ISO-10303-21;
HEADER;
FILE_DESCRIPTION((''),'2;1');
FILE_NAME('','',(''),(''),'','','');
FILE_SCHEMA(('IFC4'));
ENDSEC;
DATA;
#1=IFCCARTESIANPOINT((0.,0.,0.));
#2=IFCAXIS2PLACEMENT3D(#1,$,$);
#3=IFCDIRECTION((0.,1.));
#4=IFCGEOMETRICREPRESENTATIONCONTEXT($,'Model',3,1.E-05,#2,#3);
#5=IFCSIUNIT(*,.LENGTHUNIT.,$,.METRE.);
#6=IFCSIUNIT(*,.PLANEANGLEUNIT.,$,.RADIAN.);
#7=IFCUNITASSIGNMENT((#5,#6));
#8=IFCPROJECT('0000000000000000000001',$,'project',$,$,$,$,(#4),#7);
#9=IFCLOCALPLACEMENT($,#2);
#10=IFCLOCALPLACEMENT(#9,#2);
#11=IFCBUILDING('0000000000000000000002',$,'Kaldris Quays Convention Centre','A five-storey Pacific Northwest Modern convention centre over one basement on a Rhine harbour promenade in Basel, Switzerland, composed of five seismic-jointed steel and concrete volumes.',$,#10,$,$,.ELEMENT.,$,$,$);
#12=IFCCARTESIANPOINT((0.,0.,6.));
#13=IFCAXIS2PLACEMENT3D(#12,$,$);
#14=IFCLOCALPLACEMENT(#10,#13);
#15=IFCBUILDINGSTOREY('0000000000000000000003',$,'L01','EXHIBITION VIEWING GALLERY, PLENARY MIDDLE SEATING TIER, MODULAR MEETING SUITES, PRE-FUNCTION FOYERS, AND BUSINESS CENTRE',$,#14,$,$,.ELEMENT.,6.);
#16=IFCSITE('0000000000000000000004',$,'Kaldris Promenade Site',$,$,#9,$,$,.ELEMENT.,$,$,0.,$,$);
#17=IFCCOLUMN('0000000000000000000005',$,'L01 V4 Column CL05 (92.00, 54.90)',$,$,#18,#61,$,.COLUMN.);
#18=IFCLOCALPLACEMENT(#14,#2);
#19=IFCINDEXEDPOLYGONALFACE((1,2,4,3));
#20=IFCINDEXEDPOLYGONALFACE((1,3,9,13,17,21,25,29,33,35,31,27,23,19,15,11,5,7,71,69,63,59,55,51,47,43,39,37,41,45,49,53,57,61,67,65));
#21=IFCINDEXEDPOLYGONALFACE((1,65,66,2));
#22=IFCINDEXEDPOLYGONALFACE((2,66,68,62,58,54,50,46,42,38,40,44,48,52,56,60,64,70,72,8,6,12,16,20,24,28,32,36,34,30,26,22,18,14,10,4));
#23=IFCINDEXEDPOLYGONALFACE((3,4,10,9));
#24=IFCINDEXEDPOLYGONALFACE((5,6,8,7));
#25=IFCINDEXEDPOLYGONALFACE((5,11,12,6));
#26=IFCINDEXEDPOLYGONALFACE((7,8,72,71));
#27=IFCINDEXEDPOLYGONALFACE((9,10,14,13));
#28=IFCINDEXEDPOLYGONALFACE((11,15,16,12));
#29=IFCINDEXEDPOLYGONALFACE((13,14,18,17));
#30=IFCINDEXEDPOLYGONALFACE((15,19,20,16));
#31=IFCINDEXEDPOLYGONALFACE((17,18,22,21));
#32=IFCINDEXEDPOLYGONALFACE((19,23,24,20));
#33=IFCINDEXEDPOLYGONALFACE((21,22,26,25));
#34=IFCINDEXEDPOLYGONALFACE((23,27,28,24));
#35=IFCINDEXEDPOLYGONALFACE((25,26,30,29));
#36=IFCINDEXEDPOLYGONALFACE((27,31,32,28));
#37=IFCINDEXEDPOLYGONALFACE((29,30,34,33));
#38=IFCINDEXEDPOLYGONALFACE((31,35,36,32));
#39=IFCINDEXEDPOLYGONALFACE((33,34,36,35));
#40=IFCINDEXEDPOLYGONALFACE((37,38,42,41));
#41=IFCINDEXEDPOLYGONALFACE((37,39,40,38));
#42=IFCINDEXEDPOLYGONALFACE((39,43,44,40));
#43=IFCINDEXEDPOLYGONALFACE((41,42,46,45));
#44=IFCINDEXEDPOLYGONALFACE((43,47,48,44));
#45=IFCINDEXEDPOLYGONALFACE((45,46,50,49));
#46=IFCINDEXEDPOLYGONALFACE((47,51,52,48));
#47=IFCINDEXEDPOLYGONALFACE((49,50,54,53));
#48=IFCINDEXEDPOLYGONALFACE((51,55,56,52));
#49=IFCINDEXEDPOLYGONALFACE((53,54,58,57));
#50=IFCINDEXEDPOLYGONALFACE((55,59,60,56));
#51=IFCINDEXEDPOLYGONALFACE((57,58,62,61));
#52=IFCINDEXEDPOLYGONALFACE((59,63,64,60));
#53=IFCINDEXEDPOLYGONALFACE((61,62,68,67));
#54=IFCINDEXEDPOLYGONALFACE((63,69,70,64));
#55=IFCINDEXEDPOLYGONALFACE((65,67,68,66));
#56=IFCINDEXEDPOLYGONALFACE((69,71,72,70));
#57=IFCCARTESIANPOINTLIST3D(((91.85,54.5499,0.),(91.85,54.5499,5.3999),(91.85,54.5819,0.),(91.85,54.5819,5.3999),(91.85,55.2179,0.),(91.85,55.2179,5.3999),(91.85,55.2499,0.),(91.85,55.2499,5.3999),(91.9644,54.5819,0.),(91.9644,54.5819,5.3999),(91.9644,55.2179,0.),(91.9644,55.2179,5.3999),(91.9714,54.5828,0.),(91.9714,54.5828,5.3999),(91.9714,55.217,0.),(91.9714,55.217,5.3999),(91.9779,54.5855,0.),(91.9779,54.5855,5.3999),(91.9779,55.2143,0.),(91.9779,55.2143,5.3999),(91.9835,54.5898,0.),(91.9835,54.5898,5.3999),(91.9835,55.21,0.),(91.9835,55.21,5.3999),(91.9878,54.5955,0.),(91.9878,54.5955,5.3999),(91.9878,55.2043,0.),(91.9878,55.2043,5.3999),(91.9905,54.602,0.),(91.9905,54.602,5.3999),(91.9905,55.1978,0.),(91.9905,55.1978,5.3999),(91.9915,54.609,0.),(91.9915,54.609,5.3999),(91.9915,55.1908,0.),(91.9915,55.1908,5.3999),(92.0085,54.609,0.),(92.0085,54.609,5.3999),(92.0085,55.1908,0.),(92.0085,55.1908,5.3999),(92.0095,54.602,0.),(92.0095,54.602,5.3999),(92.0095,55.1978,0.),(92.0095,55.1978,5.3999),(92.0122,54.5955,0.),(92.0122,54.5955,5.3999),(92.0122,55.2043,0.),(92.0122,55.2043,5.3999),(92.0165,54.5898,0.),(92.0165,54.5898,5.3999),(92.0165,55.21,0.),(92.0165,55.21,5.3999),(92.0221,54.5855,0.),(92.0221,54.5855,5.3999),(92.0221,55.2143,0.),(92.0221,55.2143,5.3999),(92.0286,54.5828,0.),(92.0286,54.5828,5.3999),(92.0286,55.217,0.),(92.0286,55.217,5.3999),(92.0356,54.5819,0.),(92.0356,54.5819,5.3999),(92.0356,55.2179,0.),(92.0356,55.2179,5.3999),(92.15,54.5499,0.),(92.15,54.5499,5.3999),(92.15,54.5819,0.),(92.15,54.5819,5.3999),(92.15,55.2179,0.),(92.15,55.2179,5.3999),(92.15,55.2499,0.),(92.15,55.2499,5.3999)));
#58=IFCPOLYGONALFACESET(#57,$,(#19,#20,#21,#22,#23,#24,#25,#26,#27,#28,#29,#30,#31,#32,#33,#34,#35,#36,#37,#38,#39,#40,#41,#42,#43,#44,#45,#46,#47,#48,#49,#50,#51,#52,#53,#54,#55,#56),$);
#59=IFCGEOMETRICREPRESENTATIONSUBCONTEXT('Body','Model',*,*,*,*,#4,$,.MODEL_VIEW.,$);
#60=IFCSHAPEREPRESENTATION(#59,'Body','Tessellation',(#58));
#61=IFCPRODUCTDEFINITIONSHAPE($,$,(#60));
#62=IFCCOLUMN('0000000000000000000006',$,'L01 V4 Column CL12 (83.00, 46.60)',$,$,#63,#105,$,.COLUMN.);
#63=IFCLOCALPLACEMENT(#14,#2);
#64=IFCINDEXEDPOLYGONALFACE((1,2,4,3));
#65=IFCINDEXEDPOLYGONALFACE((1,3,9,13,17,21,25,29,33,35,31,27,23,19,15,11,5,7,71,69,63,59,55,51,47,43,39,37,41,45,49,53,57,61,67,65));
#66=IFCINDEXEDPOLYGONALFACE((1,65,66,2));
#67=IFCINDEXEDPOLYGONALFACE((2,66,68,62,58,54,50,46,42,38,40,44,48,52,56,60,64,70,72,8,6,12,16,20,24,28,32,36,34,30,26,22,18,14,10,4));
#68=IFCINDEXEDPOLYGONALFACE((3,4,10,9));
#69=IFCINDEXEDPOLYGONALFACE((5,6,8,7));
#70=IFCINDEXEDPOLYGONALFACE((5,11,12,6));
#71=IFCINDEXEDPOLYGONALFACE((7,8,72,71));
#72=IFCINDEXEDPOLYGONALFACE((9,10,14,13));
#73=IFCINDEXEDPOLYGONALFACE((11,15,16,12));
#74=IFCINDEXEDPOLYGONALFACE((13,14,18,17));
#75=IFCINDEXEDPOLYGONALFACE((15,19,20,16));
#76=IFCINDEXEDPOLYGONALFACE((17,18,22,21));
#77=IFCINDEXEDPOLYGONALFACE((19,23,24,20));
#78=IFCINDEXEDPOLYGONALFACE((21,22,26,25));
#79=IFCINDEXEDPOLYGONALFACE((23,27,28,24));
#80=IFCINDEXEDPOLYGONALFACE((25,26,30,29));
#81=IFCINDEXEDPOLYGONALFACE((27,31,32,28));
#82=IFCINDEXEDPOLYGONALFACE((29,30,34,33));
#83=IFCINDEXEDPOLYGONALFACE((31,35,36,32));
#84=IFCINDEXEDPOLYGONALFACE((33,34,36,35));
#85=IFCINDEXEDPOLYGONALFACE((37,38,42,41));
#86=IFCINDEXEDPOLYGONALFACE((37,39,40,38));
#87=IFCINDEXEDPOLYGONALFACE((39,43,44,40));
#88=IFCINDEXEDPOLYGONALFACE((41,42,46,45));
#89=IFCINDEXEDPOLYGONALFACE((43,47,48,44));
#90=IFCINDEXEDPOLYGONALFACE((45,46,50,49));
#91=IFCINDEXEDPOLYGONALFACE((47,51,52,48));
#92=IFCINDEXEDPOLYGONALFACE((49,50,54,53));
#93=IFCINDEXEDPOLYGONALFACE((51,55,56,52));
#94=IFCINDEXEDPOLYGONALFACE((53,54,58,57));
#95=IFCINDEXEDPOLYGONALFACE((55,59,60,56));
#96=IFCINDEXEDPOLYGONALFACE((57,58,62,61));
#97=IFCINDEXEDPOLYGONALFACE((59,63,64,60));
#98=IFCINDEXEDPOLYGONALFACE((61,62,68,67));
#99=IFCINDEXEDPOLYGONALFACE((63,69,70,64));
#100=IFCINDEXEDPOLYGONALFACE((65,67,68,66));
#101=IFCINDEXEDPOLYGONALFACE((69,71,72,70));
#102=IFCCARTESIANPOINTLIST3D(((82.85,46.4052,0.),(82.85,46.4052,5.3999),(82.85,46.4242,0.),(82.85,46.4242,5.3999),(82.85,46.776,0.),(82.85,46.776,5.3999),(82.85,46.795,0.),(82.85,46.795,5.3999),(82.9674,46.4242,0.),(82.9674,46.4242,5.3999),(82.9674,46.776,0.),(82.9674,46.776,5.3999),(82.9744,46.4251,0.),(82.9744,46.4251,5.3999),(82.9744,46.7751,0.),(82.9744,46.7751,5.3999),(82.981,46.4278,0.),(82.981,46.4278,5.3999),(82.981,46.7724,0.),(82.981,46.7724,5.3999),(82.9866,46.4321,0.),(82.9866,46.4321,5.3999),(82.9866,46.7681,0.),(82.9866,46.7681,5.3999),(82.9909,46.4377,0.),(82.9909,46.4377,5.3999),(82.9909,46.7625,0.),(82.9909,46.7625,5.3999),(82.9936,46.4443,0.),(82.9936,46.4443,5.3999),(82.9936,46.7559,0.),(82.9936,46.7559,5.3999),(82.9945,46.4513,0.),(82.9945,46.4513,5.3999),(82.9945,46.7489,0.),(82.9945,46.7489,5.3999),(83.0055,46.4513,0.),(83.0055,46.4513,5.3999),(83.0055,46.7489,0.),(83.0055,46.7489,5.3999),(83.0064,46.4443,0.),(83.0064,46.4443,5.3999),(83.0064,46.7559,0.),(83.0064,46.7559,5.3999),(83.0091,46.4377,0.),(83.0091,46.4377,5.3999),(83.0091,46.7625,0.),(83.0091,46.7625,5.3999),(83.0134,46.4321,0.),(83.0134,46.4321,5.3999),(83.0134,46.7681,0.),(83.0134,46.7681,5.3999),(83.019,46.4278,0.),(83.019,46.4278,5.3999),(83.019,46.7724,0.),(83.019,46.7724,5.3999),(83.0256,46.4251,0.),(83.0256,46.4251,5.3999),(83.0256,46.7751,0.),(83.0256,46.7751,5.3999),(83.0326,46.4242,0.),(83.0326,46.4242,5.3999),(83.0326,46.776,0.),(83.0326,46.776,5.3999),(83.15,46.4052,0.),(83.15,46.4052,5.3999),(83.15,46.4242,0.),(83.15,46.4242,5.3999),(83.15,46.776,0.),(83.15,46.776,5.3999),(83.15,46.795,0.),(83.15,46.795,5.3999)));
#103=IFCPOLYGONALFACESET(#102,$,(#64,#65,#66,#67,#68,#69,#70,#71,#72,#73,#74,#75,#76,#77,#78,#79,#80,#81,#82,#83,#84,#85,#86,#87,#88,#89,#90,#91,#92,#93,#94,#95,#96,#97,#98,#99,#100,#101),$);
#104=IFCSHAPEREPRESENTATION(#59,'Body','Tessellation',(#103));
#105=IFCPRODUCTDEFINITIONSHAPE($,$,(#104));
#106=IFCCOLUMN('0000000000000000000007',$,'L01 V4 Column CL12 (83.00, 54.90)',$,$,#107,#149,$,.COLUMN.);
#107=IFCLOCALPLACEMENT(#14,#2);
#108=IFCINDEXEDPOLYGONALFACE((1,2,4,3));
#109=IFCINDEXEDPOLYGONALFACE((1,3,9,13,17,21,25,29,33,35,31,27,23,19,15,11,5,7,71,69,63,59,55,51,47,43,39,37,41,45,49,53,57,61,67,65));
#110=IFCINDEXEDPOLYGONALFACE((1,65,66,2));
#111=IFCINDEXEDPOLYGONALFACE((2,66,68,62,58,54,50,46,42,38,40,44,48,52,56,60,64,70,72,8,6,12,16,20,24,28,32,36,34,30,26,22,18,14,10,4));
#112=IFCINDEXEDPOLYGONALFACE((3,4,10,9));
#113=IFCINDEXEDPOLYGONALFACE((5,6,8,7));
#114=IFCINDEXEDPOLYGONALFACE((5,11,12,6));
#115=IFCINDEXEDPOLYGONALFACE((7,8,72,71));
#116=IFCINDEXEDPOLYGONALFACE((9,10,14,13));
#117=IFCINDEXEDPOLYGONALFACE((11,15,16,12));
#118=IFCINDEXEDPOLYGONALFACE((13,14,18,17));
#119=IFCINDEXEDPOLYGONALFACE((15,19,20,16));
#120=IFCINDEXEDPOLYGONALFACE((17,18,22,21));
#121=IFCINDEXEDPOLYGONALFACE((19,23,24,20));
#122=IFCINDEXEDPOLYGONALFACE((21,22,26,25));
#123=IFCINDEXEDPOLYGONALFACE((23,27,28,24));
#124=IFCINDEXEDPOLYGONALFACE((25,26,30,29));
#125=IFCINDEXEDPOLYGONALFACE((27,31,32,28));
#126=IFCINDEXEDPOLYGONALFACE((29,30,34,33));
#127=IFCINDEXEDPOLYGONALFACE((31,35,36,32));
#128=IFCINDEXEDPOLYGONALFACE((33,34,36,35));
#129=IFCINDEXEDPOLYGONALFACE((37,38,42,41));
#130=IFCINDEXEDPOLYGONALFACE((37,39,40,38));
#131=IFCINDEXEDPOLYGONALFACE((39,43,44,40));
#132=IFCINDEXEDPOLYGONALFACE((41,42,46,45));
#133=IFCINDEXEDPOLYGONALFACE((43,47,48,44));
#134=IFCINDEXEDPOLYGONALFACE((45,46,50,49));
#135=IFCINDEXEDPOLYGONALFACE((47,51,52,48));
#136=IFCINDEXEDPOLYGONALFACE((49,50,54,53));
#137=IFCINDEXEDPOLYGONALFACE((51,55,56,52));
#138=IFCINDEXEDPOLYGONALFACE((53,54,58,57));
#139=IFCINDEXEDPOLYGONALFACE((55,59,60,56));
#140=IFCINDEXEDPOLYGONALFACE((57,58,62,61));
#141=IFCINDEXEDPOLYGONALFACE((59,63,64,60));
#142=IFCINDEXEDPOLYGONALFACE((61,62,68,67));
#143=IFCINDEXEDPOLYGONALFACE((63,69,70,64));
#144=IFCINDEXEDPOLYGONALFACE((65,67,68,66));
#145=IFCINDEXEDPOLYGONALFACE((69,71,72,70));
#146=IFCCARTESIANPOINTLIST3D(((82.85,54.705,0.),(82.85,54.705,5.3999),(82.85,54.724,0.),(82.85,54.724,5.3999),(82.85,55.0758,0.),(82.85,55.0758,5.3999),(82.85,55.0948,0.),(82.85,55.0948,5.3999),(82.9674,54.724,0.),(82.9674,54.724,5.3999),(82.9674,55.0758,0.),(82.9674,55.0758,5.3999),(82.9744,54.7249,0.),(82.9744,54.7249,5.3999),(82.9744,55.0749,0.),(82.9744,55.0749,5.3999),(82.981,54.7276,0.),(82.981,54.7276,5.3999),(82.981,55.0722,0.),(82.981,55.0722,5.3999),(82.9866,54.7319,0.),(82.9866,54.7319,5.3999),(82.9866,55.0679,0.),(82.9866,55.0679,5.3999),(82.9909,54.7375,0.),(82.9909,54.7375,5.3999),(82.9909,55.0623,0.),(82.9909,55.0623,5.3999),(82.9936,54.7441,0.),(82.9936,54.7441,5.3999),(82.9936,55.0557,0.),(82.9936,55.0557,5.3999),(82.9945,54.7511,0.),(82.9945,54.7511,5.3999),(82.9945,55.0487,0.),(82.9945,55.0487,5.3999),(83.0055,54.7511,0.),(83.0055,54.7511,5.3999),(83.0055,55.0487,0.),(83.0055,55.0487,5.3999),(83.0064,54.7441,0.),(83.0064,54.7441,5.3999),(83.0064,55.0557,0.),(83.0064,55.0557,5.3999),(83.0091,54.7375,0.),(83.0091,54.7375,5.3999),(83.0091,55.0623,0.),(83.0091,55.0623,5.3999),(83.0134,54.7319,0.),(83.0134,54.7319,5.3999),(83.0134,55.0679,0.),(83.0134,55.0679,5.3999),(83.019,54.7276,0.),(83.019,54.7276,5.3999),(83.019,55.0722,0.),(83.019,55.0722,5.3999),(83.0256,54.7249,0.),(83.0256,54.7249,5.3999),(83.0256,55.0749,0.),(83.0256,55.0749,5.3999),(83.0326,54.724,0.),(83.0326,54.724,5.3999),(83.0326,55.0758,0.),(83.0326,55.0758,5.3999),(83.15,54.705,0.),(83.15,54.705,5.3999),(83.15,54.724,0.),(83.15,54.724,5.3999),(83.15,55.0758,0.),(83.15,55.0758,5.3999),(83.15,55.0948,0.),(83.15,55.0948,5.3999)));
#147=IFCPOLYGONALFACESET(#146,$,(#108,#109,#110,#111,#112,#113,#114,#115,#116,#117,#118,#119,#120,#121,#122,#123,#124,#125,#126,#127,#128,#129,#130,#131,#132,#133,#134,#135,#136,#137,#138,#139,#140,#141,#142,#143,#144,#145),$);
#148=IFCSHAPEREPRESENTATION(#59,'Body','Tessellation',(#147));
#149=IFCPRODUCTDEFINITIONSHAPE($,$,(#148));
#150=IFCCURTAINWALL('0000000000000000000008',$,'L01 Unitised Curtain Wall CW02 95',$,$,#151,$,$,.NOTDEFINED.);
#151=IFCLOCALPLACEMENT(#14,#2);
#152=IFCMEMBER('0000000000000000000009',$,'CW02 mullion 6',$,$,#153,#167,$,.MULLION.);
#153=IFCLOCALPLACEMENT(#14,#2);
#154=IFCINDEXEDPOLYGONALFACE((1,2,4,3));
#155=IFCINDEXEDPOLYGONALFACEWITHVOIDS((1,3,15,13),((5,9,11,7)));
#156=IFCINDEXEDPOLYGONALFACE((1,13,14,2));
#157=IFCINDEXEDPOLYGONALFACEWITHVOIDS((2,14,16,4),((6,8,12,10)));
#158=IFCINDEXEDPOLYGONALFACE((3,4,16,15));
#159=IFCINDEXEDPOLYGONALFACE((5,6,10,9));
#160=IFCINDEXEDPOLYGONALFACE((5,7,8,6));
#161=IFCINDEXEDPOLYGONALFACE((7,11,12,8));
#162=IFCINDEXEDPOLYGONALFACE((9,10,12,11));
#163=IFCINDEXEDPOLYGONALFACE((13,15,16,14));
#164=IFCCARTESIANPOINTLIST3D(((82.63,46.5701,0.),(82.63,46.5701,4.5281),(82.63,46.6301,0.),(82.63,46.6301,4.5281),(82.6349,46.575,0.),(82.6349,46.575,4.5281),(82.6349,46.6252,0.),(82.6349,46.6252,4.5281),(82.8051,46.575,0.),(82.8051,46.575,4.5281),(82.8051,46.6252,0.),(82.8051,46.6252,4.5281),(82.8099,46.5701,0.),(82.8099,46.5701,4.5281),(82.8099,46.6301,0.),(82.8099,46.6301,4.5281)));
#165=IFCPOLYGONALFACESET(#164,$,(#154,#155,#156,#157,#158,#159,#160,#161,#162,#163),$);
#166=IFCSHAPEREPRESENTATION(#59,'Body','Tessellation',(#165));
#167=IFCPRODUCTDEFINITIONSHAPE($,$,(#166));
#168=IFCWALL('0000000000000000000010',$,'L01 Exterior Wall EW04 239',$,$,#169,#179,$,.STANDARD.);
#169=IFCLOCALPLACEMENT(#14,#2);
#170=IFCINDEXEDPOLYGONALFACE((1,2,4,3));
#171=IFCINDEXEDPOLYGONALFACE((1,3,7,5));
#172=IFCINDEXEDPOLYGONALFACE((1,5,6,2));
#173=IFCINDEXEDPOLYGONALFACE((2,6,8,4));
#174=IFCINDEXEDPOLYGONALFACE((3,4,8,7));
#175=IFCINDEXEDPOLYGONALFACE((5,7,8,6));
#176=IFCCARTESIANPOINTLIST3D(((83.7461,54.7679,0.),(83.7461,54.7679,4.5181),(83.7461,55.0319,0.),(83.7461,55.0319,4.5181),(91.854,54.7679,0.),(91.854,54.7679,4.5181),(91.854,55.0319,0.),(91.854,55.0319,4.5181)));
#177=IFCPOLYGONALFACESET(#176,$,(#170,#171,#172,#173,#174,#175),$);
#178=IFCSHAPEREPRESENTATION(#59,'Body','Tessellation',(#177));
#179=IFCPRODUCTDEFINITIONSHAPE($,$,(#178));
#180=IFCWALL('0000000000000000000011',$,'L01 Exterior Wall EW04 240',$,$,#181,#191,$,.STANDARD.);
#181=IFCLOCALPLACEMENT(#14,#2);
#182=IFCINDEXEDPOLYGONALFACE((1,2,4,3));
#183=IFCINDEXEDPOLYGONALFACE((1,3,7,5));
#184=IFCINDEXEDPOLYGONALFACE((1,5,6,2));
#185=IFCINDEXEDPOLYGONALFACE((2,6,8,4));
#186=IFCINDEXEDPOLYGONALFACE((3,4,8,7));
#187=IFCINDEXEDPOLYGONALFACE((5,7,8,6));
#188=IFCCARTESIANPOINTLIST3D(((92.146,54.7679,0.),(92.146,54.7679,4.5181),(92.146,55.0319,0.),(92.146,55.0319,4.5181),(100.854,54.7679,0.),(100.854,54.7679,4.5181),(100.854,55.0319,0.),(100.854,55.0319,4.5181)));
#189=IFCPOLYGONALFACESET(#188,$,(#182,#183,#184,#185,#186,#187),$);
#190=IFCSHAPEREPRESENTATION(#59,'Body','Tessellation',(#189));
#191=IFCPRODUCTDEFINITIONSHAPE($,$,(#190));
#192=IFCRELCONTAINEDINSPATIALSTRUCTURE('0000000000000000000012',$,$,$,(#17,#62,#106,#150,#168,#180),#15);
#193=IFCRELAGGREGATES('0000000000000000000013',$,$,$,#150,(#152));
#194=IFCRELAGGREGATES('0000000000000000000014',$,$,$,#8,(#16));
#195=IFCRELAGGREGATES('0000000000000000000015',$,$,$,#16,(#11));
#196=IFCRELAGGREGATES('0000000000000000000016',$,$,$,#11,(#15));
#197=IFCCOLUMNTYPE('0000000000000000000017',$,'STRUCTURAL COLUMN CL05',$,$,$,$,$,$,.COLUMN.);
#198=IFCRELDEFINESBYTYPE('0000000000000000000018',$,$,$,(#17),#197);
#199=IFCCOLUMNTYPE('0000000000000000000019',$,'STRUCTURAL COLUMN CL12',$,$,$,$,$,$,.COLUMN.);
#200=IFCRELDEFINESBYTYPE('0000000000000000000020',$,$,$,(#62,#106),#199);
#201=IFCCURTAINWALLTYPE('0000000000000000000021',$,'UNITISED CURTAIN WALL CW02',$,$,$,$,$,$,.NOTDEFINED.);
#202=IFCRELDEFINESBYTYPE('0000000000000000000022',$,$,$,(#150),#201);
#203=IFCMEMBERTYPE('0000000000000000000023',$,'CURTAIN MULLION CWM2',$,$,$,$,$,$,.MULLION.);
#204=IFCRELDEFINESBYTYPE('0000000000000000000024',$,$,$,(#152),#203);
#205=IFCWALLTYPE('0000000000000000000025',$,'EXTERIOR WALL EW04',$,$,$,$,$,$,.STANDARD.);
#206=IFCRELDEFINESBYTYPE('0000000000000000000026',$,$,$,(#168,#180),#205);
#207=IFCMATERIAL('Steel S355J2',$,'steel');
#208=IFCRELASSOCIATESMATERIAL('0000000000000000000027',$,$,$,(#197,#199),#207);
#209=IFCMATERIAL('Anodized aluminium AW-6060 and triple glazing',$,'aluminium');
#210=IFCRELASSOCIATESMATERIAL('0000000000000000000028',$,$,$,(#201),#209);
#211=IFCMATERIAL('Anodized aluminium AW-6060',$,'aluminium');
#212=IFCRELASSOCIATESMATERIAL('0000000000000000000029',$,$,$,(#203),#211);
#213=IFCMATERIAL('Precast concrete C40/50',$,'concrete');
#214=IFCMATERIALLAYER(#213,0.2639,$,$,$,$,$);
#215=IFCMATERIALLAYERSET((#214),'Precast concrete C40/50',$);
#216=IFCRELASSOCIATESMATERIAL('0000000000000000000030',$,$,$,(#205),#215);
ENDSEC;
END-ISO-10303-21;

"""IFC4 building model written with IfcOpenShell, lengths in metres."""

from ifc_helpers import new_model, si_unit, direction, frame, frame_2d, origin, origin_2d, place, context, subcontext, project, spatial, rectangle, hollow_rectangle, i_section, extrude, material, layer, layer_set, material_profile, profile_set, type_object, element, aggregate, save


model = new_model("IFC4")

# Units and contexts
model_context = context("Model", 3, precision=1e-05, world=origin(), true_north=direction((0.0, 1.0)))
body_context = subcontext(model_context, "Body", "Model", "MODEL_VIEW")
ifc_project = project(units=[si_unit("LENGTHUNIT", "METRE"), si_unit("PLANEANGLEUNIT", "RADIAN")], contexts=[model_context])

# Site, building, storey
site_placement = place(None, origin())
site = spatial("IfcSite", under=ifc_project, at=site_placement, Name="Kaldris Promenade Site", CompositionType="ELEMENT", RefElevation=0.0)
building_placement = place(site_placement, origin())
building = spatial("IfcBuilding", under=site, at=building_placement, Name="Kaldris Quays Convention Centre", Description="A five-storey Pacific Northwest Modern convention centre over one basement on a Rhine harbour promenade in Basel, Switzerland, composed of five seismic-jointed steel and concrete volumes.", CompositionType="ELEMENT")
storey_placement = place(building_placement, frame((0.0, 0.0, 6.0)))
storey = spatial("IfcBuildingStorey", under=building, at=storey_placement, Name="L01", Description="EXHIBITION VIEWING GALLERY, PLENARY MIDDLE SEATING TIER, MODULAR MEETING SUITES, PRE-FUNCTION FOYERS, AND BUSINESS CENTRE", CompositionType="ELEMENT", Elevation=6.0)

# Columns
ifc_material_1 = material(Name="Steel S355J2", Category="steel")
ifc_material_profile_1 = material_profile(ifc_material_1, i_section(OverallWidth=0.3, OverallDepth=0.7, WebThickness=0.0171, FlangeThickness=0.032, FilletRadius=0.0271, at=origin_2d()), Name="HEB 700")
ifc_profile_set_1 = profile_set([ifc_material_profile_1], Name="Steel S355J2")
column_type_1 = type_object("IfcColumnType", Name="STRUCTURAL COLUMN CL05", PredefinedType="COLUMN", material=ifc_profile_set_1)
for number, where, z_axis, x_axis, name in (
    (1, (92.0, 54.8999, 0.0), (0.0, 0.0, 1.0), (1.0, 0.0, 0.0), "L01 V4 Column CL05 (92.00, 54.90)"),
):
    element("IfcColumn", number, at=place(storey_placement, frame(where, z_axis=z_axis, x_axis=x_axis)), inside=storey, type_object=column_type_1, Name=name, PredefinedType="COLUMN", context=body_context, shape_type="SweptSolid", body=[
        extrude(i_section(OverallWidth=0.3, OverallDepth=0.7, WebThickness=0.0171, FlangeThickness=0.032, FilletRadius=0.0271, at=origin_2d()), origin(), (0.0, 0.0, 1.0), 5.3999),
    ])
ifc_material_profile_2 = material_profile(ifc_material_1, i_section(OverallWidth=0.3, OverallDepth=0.3899, WebThickness=0.011, FlangeThickness=0.019, FilletRadius=0.0271, at=origin_2d()), Name="HEA 400")
ifc_profile_set_2 = profile_set([ifc_material_profile_2], Name="Steel S355J2")
column_type_2 = type_object("IfcColumnType", Name="STRUCTURAL COLUMN CL12", PredefinedType="COLUMN", material=ifc_profile_set_2)
for number, where, z_axis, x_axis, name in (
    (2, (83.0, 46.6001, 0.0), (0.0, 0.0, 1.0), (1.0, 0.0, 0.0), "L01 V4 Column CL12 (83.00, 46.60)"),
    (3, (83.0, 54.8999, 0.0), (0.0, 0.0, 1.0), (1.0, 0.0, 0.0), "L01 V4 Column CL12 (83.00, 54.90)"),
):
    element("IfcColumn", number, at=place(storey_placement, frame(where, z_axis=z_axis, x_axis=x_axis)), inside=storey, type_object=column_type_2, Name=name, PredefinedType="COLUMN", context=body_context, shape_type="SweptSolid", body=[
        extrude(i_section(OverallWidth=0.3, OverallDepth=0.3899, WebThickness=0.011, FlangeThickness=0.019, FilletRadius=0.0271, at=origin_2d()), origin(), (0.0, 0.0, 1.0), 5.3999),
    ])

# Curtain wall, member
ifc_material_2 = material(Name="Anodized aluminium AW-6060 and triple glazing", Category="aluminium")
curtain_wall_type = type_object("IfcCurtainWallType", Name="UNITISED CURTAIN WALL CW02", PredefinedType="NOTDEFINED", material=ifc_material_2)
curtain_wall_placement = place(storey_placement, origin())
curtain_wall = element("IfcCurtainWall", 4, at=curtain_wall_placement, inside=storey, type_object=curtain_wall_type, Name="L01 Unitised Curtain Wall CW02 95", PredefinedType="NOTDEFINED")
ifc_material_3 = material(Name="Anodized aluminium AW-6060", Category="aluminium")
ifc_material_profile_3 = material_profile(ifc_material_3, hollow_rectangle(XDim=0.0601, YDim=0.1799, WallThickness=0.0049, at=origin_2d()), Name="RHS 180x60x5")
ifc_profile_set_3 = profile_set([ifc_material_profile_3], Name="Anodized aluminium AW-6060")
member_type = type_object("IfcMemberType", Name="CURTAIN MULLION CWM2", PredefinedType="MULLION", material=ifc_profile_set_3)
member_placement = place(storey_placement, frame((82.72, 46.6001, 0.0), z_axis=(0.0, 0.0, 1.0), x_axis=(0.0, 1.0, 0.0)))
member = element("IfcMember", 5, at=member_placement, type_object=member_type, Name="CW02 mullion 6", PredefinedType="MULLION", context=body_context, shape_type="SweptSolid", body=[
    extrude(hollow_rectangle(XDim=0.0601, YDim=0.1799, WallThickness=0.0049, at=origin_2d()), origin(), (0.0, 0.0, 1.0), 4.5281),
])
aggregate(curtain_wall, [member])

# Walls
ifc_material_4 = material(Name="Precast concrete C40/50", Category="concrete")
ifc_layer_1 = layer(ifc_material_4, 0.2639)
ifc_layer_set_1 = layer_set([ifc_layer_1], Name="Precast concrete C40/50")
wall_type_1 = type_object("IfcWallType", Name="EXTERIOR WALL EW04", PredefinedType="STANDARD", material=ifc_layer_set_1)
wall_1_placement = place(storey_placement, frame((83.7461, 54.8999, 0.0), z_axis=(0.0, 0.0, 1.0), x_axis=(1.0, 0.0, 0.0)))
element("IfcWall", 6, at=wall_1_placement, inside=storey, type_object=wall_type_1, Name="L01 Exterior Wall EW04 239", PredefinedType="STANDARD", context=body_context, shape_type="SweptSolid", body=[
    extrude(rectangle(XDim=8.1079, YDim=0.2639, at=frame_2d((4.054, 0.0))), origin(), (0.0, 0.0, 1.0), 4.5181),
])
wall_2_placement = place(storey_placement, frame((92.146, 54.8999, 0.0), z_axis=(0.0, 0.0, 1.0), x_axis=(1.0, 0.0, 0.0)))
element("IfcWall", 7, at=wall_2_placement, inside=storey, type_object=wall_type_1, Name="L01 Exterior Wall EW04 240", PredefinedType="STANDARD", context=body_context, shape_type="SweptSolid", body=[
    extrude(rectangle(XDim=8.708, YDim=0.2639, at=frame_2d((4.354, 0.0))), origin(), (0.0, 0.0, 1.0), 4.5181),
])

save(model, "model.ifc")
